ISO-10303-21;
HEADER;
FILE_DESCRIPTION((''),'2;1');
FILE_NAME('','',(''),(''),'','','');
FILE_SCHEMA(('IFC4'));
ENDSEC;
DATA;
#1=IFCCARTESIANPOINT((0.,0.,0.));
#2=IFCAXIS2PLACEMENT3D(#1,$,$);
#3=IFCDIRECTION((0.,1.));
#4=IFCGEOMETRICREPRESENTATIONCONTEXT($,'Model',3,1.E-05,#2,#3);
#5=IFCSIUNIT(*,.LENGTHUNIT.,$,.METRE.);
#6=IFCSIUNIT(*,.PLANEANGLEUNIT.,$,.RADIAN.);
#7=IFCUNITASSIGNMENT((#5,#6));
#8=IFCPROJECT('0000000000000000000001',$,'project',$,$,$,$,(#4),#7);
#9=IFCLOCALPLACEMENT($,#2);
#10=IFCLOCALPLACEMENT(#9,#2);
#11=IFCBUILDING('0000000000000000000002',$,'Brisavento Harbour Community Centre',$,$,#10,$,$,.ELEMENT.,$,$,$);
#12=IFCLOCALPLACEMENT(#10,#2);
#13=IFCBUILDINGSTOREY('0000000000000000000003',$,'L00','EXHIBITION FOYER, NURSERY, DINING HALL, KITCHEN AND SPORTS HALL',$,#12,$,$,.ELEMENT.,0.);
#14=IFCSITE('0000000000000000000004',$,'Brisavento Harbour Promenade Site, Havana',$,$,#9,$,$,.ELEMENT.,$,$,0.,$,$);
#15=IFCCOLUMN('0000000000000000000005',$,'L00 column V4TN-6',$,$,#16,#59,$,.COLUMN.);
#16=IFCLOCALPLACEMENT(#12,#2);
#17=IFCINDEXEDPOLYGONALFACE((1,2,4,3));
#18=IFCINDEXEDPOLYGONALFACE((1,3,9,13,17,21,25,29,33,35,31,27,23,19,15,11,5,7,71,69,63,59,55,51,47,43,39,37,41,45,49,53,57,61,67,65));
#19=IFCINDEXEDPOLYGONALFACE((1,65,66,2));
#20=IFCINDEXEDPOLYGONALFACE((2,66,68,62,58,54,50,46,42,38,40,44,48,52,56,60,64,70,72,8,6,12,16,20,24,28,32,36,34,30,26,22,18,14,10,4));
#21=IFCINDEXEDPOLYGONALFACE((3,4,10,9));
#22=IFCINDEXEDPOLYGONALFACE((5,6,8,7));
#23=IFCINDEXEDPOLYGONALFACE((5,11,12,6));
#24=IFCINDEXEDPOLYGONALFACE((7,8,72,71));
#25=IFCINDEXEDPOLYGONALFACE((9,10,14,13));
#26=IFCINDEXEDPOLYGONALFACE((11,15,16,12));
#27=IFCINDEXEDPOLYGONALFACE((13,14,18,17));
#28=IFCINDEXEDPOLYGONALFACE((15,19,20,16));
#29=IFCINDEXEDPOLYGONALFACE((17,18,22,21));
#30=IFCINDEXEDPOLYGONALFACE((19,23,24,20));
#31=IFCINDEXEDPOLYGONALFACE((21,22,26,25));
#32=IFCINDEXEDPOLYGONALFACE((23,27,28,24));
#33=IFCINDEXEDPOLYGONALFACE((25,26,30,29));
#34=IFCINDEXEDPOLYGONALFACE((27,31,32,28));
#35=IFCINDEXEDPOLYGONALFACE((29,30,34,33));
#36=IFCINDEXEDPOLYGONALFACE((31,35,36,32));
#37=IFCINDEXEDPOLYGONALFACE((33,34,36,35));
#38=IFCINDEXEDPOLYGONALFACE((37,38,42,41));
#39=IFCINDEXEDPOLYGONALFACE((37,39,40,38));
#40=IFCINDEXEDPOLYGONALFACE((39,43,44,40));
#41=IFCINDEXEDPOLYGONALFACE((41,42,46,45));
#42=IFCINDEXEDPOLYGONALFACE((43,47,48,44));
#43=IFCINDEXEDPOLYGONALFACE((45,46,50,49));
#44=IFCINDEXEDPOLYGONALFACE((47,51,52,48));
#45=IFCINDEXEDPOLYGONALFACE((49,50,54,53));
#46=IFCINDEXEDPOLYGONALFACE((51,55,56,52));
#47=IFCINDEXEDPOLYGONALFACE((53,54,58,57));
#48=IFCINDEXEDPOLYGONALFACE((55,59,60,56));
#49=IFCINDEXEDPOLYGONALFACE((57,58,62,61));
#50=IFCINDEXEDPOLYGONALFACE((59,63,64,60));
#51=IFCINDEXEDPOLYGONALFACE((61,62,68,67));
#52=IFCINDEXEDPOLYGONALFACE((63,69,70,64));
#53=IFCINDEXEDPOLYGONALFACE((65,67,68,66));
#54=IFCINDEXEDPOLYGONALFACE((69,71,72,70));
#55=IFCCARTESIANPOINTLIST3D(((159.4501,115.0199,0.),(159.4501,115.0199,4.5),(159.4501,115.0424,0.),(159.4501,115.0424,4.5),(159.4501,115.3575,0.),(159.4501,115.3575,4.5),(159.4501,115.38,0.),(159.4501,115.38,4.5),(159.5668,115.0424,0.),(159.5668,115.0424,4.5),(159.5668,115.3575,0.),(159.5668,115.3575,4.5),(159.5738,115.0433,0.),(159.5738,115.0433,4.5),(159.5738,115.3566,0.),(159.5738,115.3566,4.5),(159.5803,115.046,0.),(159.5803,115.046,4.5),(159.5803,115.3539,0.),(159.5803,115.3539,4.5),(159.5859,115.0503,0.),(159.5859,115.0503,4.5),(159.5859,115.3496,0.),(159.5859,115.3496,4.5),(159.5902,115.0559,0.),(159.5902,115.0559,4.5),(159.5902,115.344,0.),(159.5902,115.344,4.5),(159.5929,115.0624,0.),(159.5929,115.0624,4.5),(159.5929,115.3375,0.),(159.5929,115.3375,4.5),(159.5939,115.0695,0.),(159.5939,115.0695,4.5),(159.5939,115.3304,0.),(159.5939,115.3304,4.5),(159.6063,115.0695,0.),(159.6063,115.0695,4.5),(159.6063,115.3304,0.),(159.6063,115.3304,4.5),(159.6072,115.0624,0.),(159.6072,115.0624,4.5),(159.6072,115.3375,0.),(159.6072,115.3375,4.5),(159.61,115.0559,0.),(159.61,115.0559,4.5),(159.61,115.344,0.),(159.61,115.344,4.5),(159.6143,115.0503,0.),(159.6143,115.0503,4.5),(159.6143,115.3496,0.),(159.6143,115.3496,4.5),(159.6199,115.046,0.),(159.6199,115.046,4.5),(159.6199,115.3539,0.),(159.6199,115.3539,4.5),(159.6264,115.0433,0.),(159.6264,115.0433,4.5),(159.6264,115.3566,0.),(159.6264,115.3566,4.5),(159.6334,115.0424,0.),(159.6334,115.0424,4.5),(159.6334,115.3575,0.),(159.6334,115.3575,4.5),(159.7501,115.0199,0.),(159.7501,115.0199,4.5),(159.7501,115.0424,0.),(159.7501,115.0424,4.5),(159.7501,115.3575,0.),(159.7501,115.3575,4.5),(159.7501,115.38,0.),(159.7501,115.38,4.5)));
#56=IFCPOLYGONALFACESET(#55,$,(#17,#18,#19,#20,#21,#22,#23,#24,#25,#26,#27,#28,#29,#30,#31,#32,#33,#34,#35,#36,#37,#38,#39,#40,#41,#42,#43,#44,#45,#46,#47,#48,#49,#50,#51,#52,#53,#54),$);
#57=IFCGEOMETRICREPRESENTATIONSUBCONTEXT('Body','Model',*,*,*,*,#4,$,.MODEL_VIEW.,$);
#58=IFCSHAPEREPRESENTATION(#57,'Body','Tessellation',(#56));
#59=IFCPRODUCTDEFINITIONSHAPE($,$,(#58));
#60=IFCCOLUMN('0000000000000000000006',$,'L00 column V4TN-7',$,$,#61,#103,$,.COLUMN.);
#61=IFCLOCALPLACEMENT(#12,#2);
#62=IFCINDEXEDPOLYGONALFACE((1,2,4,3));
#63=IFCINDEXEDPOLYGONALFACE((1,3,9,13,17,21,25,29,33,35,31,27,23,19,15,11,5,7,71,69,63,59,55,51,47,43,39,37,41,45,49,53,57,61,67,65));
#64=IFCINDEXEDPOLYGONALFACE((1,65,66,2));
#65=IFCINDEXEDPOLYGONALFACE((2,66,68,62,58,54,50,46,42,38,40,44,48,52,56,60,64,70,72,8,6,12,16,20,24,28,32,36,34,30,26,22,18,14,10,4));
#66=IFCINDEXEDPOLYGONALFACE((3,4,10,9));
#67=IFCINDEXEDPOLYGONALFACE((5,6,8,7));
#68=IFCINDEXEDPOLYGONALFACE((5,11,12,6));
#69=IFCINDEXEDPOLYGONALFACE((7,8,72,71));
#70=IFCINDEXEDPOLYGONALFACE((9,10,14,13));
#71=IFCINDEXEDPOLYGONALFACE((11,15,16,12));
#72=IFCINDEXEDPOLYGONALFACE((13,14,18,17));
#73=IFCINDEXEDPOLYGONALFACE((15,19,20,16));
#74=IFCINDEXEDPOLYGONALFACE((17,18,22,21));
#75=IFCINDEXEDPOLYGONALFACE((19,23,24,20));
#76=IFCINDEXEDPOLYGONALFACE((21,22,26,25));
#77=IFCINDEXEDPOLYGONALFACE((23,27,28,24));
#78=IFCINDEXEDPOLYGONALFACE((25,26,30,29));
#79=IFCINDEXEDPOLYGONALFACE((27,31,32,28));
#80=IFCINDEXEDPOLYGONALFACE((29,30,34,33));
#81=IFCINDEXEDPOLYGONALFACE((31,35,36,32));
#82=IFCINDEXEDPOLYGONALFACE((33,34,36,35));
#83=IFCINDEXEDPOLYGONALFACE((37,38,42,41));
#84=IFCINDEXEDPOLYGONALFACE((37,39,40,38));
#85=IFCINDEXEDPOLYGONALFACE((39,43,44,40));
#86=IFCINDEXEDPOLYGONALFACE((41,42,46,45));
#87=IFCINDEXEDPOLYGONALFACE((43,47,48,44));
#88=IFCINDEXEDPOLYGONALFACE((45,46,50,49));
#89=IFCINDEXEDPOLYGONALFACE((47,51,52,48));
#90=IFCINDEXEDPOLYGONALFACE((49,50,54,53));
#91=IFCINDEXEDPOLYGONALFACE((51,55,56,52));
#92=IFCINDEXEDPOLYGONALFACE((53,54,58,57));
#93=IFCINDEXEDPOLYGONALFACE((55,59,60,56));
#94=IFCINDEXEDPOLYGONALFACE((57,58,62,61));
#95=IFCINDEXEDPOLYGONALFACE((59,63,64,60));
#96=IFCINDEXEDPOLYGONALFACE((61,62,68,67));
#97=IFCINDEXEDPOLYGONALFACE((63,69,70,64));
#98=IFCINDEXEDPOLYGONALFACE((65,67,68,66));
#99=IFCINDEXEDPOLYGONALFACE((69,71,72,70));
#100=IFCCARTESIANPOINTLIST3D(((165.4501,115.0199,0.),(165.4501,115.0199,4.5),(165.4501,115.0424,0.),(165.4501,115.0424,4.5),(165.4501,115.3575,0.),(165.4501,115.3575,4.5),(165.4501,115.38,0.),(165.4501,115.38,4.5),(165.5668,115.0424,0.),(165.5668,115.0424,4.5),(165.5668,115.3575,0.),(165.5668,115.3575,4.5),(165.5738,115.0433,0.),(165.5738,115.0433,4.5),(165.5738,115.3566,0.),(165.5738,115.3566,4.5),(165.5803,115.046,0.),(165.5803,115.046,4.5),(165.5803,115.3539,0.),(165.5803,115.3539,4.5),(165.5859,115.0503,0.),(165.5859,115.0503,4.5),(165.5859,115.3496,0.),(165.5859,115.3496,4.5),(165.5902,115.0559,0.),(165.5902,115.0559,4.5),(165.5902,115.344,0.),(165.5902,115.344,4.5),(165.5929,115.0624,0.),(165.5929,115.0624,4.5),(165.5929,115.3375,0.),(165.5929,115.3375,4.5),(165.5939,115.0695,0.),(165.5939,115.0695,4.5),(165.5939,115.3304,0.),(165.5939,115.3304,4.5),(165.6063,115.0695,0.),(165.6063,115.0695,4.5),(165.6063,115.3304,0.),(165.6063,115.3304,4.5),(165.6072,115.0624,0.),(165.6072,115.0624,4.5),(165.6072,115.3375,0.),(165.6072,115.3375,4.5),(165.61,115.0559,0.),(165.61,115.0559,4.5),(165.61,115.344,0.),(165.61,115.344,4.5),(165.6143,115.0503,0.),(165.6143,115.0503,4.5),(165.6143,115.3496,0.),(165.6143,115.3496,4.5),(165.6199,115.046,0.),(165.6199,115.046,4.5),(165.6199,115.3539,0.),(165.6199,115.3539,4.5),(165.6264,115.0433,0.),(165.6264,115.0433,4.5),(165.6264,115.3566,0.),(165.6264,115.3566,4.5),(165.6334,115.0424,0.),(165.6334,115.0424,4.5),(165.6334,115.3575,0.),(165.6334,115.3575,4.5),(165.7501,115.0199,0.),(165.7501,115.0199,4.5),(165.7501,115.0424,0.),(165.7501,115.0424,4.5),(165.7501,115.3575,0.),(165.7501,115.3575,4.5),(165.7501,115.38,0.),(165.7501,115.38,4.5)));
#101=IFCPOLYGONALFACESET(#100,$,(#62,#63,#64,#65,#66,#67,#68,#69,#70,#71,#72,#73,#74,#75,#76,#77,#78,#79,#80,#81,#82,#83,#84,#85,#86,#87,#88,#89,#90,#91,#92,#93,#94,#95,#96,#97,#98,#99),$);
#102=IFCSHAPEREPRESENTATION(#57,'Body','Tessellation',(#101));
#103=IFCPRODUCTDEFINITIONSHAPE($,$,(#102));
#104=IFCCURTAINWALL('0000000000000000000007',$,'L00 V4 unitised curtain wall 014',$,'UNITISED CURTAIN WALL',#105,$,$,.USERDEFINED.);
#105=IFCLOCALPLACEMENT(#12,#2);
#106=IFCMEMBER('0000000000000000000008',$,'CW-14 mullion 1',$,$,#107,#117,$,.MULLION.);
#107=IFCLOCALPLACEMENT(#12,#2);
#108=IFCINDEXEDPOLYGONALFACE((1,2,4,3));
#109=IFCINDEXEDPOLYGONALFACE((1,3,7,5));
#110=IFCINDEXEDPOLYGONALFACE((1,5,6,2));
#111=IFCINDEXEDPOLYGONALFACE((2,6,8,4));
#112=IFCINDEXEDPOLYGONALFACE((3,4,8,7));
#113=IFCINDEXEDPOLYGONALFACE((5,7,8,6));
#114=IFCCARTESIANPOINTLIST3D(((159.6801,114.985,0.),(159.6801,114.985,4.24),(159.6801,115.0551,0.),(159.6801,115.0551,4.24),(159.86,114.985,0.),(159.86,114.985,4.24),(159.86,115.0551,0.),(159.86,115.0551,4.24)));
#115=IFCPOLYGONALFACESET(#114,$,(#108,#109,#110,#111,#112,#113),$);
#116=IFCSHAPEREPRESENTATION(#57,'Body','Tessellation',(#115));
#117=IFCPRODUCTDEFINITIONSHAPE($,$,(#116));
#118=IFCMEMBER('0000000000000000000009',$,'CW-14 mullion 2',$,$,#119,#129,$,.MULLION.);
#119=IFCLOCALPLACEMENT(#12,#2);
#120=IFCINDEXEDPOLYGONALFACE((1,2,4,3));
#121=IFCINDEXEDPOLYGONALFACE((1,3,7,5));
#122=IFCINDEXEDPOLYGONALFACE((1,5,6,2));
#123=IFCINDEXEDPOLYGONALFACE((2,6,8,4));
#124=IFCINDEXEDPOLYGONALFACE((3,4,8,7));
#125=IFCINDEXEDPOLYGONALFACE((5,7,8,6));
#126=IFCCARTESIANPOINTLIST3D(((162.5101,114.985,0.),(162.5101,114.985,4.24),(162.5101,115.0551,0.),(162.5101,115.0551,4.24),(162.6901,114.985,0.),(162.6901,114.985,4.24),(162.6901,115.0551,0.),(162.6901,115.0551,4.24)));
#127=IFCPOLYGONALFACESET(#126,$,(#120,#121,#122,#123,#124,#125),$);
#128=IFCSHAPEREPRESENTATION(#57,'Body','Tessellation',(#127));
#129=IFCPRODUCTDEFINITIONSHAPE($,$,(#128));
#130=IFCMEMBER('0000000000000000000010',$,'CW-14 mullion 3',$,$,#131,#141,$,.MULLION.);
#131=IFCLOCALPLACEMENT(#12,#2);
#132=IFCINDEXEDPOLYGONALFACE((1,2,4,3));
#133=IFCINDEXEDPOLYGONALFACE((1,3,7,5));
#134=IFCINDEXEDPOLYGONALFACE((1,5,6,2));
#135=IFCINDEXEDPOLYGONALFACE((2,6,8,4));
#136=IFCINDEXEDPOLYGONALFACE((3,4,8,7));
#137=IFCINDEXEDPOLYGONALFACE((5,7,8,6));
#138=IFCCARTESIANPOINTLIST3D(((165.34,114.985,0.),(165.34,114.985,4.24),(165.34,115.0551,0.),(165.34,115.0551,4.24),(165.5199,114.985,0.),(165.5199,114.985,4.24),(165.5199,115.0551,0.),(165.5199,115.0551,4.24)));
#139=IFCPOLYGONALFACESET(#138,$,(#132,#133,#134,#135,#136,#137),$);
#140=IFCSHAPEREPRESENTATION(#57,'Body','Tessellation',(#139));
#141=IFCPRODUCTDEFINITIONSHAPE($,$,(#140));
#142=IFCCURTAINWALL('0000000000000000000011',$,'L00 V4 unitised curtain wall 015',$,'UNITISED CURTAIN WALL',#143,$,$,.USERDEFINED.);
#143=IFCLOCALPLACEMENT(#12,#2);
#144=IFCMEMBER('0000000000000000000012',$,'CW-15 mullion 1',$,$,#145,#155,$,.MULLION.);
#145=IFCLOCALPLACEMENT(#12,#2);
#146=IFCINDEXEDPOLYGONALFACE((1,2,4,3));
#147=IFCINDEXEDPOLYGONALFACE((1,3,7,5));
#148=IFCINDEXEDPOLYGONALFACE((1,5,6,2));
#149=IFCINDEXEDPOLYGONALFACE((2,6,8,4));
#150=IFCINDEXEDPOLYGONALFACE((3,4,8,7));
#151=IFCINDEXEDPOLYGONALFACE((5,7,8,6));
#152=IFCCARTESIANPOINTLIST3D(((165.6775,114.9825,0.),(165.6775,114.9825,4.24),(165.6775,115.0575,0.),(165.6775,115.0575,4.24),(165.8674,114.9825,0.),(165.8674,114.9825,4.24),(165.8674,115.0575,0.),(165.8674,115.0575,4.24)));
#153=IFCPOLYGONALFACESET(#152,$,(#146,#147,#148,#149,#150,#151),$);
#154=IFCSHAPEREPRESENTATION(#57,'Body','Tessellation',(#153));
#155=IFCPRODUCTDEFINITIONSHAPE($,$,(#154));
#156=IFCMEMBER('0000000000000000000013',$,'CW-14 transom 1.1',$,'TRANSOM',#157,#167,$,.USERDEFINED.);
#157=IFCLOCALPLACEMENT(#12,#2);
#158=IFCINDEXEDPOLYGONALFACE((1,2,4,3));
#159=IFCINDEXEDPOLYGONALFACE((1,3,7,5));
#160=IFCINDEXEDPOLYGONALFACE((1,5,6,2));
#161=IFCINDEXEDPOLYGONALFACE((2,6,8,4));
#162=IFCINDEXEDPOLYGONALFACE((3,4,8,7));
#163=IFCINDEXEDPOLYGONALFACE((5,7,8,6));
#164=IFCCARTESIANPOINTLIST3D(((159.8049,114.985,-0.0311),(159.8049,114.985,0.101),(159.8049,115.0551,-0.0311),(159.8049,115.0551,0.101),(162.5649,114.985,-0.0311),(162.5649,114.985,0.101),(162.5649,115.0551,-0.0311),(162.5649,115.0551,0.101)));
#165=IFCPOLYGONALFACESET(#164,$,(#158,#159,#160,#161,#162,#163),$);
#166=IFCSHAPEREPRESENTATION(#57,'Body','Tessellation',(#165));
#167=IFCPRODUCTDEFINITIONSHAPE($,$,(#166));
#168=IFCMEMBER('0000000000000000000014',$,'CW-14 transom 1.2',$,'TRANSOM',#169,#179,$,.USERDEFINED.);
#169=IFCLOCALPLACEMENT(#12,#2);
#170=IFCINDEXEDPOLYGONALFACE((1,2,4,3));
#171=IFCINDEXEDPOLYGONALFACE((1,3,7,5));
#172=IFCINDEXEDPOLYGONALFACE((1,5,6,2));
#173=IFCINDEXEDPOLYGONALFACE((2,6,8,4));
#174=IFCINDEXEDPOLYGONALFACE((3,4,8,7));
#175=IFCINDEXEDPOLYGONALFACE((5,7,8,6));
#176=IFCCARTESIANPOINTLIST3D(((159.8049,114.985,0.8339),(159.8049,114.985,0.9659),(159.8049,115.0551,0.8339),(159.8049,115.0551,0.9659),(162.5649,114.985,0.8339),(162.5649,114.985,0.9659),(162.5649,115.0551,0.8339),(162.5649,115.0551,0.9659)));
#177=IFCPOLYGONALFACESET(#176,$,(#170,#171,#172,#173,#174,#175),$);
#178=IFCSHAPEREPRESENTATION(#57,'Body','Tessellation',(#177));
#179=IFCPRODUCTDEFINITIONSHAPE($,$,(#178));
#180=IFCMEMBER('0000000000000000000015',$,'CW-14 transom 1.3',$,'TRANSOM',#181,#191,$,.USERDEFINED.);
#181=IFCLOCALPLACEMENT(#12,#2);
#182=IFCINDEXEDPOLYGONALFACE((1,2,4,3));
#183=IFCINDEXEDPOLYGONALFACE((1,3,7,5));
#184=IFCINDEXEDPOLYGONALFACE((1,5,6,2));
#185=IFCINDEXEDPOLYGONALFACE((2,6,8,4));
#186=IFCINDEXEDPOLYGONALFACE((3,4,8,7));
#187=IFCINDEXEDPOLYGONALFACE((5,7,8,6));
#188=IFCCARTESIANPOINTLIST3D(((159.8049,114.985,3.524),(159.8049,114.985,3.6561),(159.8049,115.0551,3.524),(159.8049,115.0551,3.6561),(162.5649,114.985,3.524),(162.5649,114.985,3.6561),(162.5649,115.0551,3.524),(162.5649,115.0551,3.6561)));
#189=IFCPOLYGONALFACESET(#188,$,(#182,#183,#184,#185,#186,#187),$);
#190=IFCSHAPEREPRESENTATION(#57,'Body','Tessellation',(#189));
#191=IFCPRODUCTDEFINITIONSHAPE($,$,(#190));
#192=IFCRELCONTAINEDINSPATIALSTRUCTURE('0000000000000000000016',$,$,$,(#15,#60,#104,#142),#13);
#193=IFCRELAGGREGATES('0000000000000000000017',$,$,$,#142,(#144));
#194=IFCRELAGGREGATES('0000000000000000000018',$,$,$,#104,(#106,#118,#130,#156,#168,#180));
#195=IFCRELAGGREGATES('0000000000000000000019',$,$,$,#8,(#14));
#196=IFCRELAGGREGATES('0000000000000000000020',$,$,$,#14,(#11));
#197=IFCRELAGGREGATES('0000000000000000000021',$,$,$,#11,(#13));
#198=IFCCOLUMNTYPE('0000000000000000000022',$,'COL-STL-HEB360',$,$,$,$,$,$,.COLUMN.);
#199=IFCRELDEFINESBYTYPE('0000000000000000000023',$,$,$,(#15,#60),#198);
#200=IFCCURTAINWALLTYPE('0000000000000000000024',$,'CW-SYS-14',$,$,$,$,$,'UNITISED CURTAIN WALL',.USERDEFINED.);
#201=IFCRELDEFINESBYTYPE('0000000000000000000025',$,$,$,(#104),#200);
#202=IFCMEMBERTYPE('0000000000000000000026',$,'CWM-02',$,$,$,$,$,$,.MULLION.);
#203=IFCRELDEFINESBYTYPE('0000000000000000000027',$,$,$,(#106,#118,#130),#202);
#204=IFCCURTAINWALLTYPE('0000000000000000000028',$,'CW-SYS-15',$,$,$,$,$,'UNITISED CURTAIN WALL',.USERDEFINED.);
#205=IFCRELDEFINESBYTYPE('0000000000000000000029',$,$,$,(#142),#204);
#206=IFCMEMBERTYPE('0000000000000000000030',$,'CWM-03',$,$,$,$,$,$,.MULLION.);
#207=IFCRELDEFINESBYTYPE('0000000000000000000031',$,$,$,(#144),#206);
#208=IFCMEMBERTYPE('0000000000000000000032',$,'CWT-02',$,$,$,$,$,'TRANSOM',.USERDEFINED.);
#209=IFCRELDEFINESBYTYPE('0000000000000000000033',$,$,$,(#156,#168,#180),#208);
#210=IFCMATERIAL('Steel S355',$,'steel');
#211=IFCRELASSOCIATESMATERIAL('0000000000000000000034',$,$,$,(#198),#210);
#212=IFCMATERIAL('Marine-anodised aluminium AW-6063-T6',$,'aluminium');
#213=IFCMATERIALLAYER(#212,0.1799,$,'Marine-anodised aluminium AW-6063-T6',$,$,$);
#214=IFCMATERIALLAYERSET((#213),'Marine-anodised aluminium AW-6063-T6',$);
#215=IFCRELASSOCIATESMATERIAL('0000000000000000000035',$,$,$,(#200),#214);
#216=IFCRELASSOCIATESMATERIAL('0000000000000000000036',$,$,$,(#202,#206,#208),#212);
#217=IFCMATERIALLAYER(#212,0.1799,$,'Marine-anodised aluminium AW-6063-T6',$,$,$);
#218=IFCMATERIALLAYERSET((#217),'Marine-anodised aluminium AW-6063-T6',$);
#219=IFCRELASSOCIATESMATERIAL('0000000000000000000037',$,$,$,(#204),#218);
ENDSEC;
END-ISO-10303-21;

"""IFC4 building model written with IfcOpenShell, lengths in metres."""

from ifc_helpers import new_model, si_unit, direction, frame, origin, origin_2d, place, context, subcontext, project, spatial, rectangle, i_section, extrude, material, layer, layer_set, material_profile, profile_set, type_object, element, aggregate, save


model = new_model("IFC4")

# Units and contexts
model_context = context("Model", 3, precision=1e-05, world=origin(), true_north=direction((0.0, 1.0)))
body_context = subcontext(model_context, "Body", "Model", "MODEL_VIEW")
ifc_project = project(units=[si_unit("LENGTHUNIT", "METRE"), si_unit("PLANEANGLEUNIT", "RADIAN")], contexts=[model_context])

# Site, building, storey
site_placement = place(None, origin())
site = spatial("IfcSite", under=ifc_project, at=site_placement, Name="Brisavento Harbour Promenade Site, Havana", CompositionType="ELEMENT", RefElevation=0.0)
building_placement = place(site_placement, origin())
building = spatial("IfcBuilding", under=site, at=building_placement, Name="Brisavento Harbour Community Centre", CompositionType="ELEMENT")
storey_placement = place(building_placement, origin())
storey = spatial("IfcBuildingStorey", under=building, at=storey_placement, Name="L00", Description="EXHIBITION FOYER, NURSERY, DINING HALL, KITCHEN AND SPORTS HALL", CompositionType="ELEMENT", Elevation=0.0)

# Columns
ifc_material_1 = material(Name="Steel S355", Category="steel")
ifc_material_profile_1 = material_profile(ifc_material_1, i_section(OverallWidth=0.3, OverallDepth=0.3601, WebThickness=0.0125, FlangeThickness=0.0225, FilletRadius=0.0271, at=origin_2d()), Name="Steel S355")
ifc_profile_set_1 = profile_set([ifc_material_profile_1], Name="Steel S355")
column_type = type_object("IfcColumnType", Name="COL-STL-HEB360", PredefinedType="COLUMN", material=ifc_profile_set_1)
for number, where, z_axis, x_axis, name in (
    (1, (159.6001, 115.2, 0.0), (0.0, 0.0, 1.0), (1.0, 0.0, 0.0), "L00 column V4TN-6"),
    (2, (165.6001, 115.2, 0.0), (0.0, 0.0, 1.0), (1.0, 0.0, 0.0), "L00 column V4TN-7"),
):
    element("IfcColumn", number, at=place(storey_placement, frame(where, z_axis=z_axis, x_axis=x_axis)), inside=storey, type_object=column_type, Name=name, PredefinedType="COLUMN", context=body_context, shape_type="SweptSolid", body=[
        extrude(i_section(OverallWidth=0.3, OverallDepth=0.3601, WebThickness=0.0125, FlangeThickness=0.0225, FilletRadius=0.0271, at=origin_2d()), origin(), (0.0, 0.0, 1.0), 4.5),
    ])

# Curtain wall, members
ifc_material_2 = material(Name="Marine-anodised aluminium AW-6063-T6", Category="aluminium")
ifc_layer_1 = layer(ifc_material_2, 0.1799, Name="Marine-anodised aluminium AW-6063-T6")
ifc_layer_set_1 = layer_set([ifc_layer_1], Name="Marine-anodised aluminium AW-6063-T6")
curtain_wall_type_1 = type_object("IfcCurtainWallType", Name="CW-SYS-14", ElementType="UNITISED CURTAIN WALL", PredefinedType="USERDEFINED", material=ifc_layer_set_1)
curtain_wall_1_placement = place(storey_placement, origin())
curtain_wall_1 = element("IfcCurtainWall", 3, at=curtain_wall_1_placement, inside=storey, type_object=curtain_wall_type_1, Name="L00 V4 unitised curtain wall 014", ObjectType="UNITISED CURTAIN WALL", PredefinedType="USERDEFINED")
ifc_material_profile_2 = material_profile(ifc_material_2, rectangle(XDim=0.0701, YDim=0.1799, at=origin_2d()), Name="Marine-anodised aluminium AW-6063-T6")
ifc_profile_set_2 = profile_set([ifc_material_profile_2], Name="Marine-anodised aluminium AW-6063-T6")
member_type_1 = type_object("IfcMemberType", Name="CWM-02", PredefinedType="MULLION", material=ifc_profile_set_2)
member_1_placement = place(storey_placement, frame((159.77, 115.02, 0.0), z_axis=(0.0, 0.0, 1.0), x_axis=(0.0, 1.0, 0.0)))
member_1 = element("IfcMember", 4, at=member_1_placement, type_object=member_type_1, Name="CW-14 mullion 1", PredefinedType="MULLION", context=body_context, shape_type="SweptSolid", body=[
    extrude(rectangle(XDim=0.0701, YDim=0.1799, at=origin_2d()), origin(), (0.0, 0.0, 1.0), 4.24),
])
member_2_placement = place(storey_placement, frame((162.6001, 115.02, 0.0), z_axis=(0.0, 0.0, 1.0), x_axis=(0.0, 1.0, 0.0)))
member_2 = element("IfcMember", 5, at=member_2_placement, type_object=member_type_1, Name="CW-14 mullion 2", PredefinedType="MULLION", context=body_context, shape_type="SweptSolid", body=[
    extrude(rectangle(XDim=0.0701, YDim=0.1799, at=origin_2d()), origin(), (0.0, 0.0, 1.0), 4.24),
])
member_3_placement = place(storey_placement, frame((165.4299, 115.02, 0.0), z_axis=(0.0, 0.0, 1.0), x_axis=(0.0, 1.0, 0.0)))
member_3 = element("IfcMember", 6, at=member_3_placement, type_object=member_type_1, Name="CW-14 mullion 3", PredefinedType="MULLION", context=body_context, shape_type="SweptSolid", body=[
    extrude(rectangle(XDim=0.0701, YDim=0.1799, at=origin_2d()), origin(), (0.0, 0.0, 1.0), 4.24),
])

# Curtain wall, member
ifc_layer_2 = layer(ifc_material_2, 0.1799, Name="Marine-anodised aluminium AW-6063-T6")
ifc_layer_set_2 = layer_set([ifc_layer_2], Name="Marine-anodised aluminium AW-6063-T6")
curtain_wall_type_2 = type_object("IfcCurtainWallType", Name="CW-SYS-15", ElementType="UNITISED CURTAIN WALL", PredefinedType="USERDEFINED", material=ifc_layer_set_2)
curtain_wall_2_placement = place(storey_placement, origin())
curtain_wall_2 = element("IfcCurtainWall", 7, at=curtain_wall_2_placement, inside=storey, type_object=curtain_wall_type_2, Name="L00 V4 unitised curtain wall 015", ObjectType="UNITISED CURTAIN WALL", PredefinedType="USERDEFINED")
ifc_material_profile_3 = material_profile(ifc_material_2, rectangle(XDim=0.075, YDim=0.1899, at=origin_2d()), Name="Marine-anodised aluminium AW-6063-T6")
ifc_profile_set_3 = profile_set([ifc_material_profile_3], Name="Marine-anodised aluminium AW-6063-T6")
member_type_2 = type_object("IfcMemberType", Name="CWM-03", PredefinedType="MULLION", material=ifc_profile_set_3)
member_4_placement = place(storey_placement, frame((165.7725, 115.02, 0.0), z_axis=(0.0, 0.0, 1.0), x_axis=(0.0, 1.0, 0.0)))
member_4 = element("IfcMember", 8, at=member_4_placement, type_object=member_type_2, Name="CW-15 mullion 1", PredefinedType="MULLION", context=body_context, shape_type="SweptSolid", body=[
    extrude(rectangle(XDim=0.075, YDim=0.1899, at=origin_2d()), origin(), (0.0, 0.0, 1.0), 4.24),
])

# Members
ifc_material_profile_4 = material_profile(ifc_material_2, rectangle(XDim=0.0701, YDim=0.1321, at=origin_2d()), Name="Marine-anodised aluminium AW-6063-T6")
ifc_profile_set_4 = profile_set([ifc_material_profile_4], Name="Marine-anodised aluminium AW-6063-T6")
member_type_3 = type_object("IfcMemberType", Name="CWT-02", ElementType="TRANSOM", PredefinedType="USERDEFINED", material=ifc_profile_set_4)
member_5_placement = place(storey_placement, frame((159.8049, 115.02, 0.0349), z_axis=(1.0, 0.0, 0.0), x_axis=(0.0, 1.0, 0.0)))
member_5 = element("IfcMember", 9, at=member_5_placement, type_object=member_type_3, Name="CW-14 transom 1.1", ObjectType="TRANSOM", PredefinedType="USERDEFINED", context=body_context, shape_type="SweptSolid", body=[
    extrude(rectangle(XDim=0.0701, YDim=0.1321, at=origin_2d()), origin(), (0.0, 0.0, 1.0), 2.76),
])
member_6_placement = place(storey_placement, frame((159.8049, 115.02, 0.8999), z_axis=(1.0, 0.0, 0.0), x_axis=(0.0, 1.0, 0.0)))
member_6 = element("IfcMember", 10, at=member_6_placement, type_object=member_type_3, Name="CW-14 transom 1.2", ObjectType="TRANSOM", PredefinedType="USERDEFINED", context=body_context, shape_type="SweptSolid", body=[
    extrude(rectangle(XDim=0.0701, YDim=0.1321, at=origin_2d()), origin(), (0.0, 0.0, 1.0), 2.76),
])
member_7_placement = place(storey_placement, frame((159.8049, 115.02, 3.5901), z_axis=(1.0, 0.0, 0.0), x_axis=(0.0, 1.0, 0.0)))
member_7 = element("IfcMember", 11, at=member_7_placement, type_object=member_type_3, Name="CW-14 transom 1.3", ObjectType="TRANSOM", PredefinedType="USERDEFINED", context=body_context, shape_type="SweptSolid", body=[
    extrude(rectangle(XDim=0.0701, YDim=0.1321, at=origin_2d()), origin(), (0.0, 0.0, 1.0), 2.76),
])
aggregate(curtain_wall_2, [member_4])

aggregate(curtain_wall_1, [member_1, member_2, member_3, member_5, member_6, member_7])

save(model, "model.ifc")
